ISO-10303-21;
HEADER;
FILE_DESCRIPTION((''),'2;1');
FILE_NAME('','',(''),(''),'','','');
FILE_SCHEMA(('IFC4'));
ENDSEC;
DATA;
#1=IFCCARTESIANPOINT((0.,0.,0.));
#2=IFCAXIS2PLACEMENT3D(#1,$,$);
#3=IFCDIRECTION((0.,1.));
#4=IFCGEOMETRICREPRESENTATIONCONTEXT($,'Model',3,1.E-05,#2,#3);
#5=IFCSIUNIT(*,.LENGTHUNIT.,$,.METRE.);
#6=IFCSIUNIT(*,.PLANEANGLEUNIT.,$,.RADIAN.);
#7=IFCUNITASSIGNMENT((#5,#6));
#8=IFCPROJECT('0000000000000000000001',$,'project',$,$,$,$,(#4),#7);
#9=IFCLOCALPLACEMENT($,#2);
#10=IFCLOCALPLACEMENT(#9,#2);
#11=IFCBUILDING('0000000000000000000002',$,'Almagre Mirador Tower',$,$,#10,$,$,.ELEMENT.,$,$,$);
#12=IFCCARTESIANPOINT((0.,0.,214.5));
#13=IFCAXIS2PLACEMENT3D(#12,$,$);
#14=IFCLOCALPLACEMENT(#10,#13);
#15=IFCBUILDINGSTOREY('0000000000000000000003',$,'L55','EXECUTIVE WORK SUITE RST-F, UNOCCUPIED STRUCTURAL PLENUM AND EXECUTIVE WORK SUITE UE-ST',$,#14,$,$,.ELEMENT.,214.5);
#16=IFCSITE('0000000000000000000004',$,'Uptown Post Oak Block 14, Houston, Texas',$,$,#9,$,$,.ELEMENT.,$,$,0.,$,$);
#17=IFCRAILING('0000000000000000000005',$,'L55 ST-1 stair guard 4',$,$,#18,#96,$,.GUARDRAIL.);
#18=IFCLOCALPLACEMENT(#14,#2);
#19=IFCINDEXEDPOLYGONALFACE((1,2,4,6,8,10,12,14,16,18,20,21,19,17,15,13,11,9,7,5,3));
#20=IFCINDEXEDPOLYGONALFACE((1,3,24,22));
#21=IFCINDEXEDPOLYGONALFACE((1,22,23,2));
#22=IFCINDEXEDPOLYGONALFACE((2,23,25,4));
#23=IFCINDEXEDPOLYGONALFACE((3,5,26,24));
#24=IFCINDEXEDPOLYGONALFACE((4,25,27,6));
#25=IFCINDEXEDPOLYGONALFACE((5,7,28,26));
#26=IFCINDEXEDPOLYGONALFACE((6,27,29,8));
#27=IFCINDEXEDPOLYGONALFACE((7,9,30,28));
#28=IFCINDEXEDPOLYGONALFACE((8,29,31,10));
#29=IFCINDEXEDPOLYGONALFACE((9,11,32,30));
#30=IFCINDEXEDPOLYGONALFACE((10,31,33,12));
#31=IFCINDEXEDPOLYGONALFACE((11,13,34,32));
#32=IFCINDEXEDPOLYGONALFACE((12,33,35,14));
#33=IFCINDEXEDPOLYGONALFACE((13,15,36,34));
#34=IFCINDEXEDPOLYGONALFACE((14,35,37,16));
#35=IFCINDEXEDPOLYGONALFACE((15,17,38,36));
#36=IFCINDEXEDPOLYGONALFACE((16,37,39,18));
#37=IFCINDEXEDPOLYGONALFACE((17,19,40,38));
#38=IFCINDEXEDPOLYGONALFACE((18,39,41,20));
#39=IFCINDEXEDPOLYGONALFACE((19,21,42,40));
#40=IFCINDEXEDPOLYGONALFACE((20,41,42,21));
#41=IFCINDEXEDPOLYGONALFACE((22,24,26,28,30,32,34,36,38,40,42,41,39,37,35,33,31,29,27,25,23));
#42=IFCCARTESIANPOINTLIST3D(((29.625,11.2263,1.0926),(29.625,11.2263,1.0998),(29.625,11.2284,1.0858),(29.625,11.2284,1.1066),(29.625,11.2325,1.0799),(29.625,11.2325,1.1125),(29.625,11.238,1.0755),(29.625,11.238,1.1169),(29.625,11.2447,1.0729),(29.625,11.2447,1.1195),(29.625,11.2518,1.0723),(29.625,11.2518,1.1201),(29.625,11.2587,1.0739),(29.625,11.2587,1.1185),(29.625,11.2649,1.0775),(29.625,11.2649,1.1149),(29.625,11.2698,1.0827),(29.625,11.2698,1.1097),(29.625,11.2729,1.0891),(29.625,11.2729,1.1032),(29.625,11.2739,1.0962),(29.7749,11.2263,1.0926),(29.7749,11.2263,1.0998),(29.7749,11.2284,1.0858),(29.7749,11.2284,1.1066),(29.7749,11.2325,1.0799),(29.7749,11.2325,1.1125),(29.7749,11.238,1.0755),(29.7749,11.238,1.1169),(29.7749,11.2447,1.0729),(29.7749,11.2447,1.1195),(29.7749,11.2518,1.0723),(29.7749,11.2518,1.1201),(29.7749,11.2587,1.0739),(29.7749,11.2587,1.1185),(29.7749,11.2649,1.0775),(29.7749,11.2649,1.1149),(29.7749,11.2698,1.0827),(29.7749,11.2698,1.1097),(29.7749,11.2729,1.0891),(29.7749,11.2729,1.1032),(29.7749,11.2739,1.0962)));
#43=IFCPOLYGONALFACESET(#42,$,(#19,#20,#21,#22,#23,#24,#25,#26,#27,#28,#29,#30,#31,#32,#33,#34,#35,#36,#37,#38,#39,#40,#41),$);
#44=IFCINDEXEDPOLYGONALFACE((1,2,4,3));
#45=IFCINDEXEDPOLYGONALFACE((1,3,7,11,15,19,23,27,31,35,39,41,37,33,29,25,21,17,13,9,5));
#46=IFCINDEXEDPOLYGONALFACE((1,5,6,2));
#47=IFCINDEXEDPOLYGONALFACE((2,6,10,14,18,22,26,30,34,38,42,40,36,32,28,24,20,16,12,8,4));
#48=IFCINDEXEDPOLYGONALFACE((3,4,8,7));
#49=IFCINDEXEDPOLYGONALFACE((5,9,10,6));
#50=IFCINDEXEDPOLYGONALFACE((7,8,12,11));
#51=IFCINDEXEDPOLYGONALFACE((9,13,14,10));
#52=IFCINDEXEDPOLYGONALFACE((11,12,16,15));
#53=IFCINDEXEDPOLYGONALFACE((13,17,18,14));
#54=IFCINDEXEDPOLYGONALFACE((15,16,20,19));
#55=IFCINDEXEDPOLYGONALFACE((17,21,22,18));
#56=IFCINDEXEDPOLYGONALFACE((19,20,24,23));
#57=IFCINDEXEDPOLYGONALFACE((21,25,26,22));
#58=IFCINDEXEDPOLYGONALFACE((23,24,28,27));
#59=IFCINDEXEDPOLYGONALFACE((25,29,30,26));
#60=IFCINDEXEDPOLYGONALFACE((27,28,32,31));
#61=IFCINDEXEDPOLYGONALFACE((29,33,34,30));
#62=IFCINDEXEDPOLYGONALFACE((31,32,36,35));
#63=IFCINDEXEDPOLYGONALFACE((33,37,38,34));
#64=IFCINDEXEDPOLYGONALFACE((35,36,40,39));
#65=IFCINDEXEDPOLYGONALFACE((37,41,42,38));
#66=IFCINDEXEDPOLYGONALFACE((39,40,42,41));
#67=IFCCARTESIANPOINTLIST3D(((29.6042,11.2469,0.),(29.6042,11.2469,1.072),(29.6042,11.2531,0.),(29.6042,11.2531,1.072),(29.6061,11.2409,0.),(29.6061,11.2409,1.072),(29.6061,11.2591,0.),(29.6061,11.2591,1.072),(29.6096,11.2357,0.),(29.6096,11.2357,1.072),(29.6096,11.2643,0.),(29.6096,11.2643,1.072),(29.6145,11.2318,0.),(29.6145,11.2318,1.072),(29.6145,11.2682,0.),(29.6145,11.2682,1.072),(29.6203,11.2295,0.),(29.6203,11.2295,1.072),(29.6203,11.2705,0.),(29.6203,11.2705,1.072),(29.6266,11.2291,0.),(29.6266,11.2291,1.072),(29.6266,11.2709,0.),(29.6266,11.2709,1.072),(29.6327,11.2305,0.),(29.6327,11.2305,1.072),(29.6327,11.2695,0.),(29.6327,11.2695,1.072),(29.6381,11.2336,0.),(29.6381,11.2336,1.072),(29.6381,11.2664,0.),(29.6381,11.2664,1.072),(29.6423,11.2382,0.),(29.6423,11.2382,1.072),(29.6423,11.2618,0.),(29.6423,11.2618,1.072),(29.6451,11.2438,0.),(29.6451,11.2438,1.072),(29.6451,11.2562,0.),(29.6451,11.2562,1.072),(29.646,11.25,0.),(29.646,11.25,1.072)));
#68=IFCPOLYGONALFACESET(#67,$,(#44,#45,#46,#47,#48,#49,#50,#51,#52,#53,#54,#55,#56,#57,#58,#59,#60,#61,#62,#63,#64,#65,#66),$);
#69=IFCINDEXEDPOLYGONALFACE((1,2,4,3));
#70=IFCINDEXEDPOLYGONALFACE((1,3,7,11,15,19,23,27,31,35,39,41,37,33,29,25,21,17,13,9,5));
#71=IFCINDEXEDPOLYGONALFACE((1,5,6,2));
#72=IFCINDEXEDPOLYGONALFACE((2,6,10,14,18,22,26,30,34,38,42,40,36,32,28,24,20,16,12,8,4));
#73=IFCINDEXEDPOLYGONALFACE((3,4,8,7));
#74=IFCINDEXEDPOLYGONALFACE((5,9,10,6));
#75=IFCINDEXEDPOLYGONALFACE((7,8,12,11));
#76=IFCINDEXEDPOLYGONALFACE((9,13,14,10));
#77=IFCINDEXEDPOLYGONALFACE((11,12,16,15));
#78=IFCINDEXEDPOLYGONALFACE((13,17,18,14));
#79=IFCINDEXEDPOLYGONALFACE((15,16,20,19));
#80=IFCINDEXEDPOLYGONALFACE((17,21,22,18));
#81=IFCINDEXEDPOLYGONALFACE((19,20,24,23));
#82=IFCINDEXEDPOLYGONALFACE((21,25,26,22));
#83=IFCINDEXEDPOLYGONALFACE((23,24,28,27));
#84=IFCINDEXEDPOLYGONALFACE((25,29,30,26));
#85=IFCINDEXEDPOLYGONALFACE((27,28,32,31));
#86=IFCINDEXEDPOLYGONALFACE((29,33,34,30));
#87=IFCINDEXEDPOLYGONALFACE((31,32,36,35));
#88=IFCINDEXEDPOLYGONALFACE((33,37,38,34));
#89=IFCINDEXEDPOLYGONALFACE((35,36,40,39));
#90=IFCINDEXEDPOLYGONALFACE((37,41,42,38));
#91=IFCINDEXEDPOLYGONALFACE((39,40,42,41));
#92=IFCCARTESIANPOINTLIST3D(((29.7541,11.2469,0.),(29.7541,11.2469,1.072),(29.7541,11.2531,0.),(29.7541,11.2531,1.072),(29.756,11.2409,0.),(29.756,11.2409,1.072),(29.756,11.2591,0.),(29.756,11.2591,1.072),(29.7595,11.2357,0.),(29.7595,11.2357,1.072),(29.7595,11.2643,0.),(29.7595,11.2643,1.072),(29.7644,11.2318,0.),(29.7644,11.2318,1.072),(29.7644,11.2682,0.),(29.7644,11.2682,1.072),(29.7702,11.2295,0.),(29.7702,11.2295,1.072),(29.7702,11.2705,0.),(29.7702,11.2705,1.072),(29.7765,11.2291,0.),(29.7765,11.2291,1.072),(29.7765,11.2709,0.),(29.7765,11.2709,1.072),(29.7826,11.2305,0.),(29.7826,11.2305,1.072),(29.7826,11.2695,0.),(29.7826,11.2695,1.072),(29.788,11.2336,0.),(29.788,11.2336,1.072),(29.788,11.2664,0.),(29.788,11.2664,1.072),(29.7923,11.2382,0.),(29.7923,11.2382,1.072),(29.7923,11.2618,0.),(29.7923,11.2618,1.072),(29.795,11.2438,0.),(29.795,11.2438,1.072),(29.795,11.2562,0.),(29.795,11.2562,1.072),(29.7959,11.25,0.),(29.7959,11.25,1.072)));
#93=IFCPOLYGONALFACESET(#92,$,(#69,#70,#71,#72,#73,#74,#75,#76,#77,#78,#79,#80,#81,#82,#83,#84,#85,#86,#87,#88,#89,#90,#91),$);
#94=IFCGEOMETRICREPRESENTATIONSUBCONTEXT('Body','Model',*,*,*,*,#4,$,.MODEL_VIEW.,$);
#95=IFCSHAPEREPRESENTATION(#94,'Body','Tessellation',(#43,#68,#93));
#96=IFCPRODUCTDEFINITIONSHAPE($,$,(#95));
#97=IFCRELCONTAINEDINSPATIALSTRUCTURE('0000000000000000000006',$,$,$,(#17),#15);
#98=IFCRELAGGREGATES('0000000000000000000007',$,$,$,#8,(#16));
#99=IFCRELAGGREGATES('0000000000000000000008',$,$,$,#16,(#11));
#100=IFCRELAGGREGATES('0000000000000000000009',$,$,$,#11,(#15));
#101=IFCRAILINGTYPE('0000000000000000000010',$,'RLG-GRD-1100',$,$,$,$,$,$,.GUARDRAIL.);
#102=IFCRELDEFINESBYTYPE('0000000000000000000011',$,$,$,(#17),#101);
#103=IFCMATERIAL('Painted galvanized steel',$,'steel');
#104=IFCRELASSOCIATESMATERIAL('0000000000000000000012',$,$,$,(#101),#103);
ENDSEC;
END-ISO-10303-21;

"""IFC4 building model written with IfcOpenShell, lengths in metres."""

from ifc_helpers import new_model, si_unit, direction, frame, origin, origin_2d, place, context, subcontext, project, spatial, circle, extrude, material, type_object, element, save


model = new_model("IFC4")

# Units and contexts
model_context = context("Model", 3, precision=1e-05, world=origin(), true_north=direction((0.0, 1.0)))
body_context = subcontext(model_context, "Body", "Model", "MODEL_VIEW")
ifc_project = project(units=[si_unit("LENGTHUNIT", "METRE"), si_unit("PLANEANGLEUNIT", "RADIAN")], contexts=[model_context])

# Site, building, storey
site_placement = place(None, origin())
site = spatial("IfcSite", under=ifc_project, at=site_placement, Name="Uptown Post Oak Block 14, Houston, Texas", CompositionType="ELEMENT", RefElevation=0.0)
building_placement = place(site_placement, origin())
building = spatial("IfcBuilding", under=site, at=building_placement, Name="Almagre Mirador Tower", CompositionType="ELEMENT")
storey_placement = place(building_placement, frame((0.0, 0.0, 214.5)))
storey = spatial("IfcBuildingStorey", under=building, at=storey_placement, Name="L55", Description="EXECUTIVE WORK SUITE RST-F, UNOCCUPIED STRUCTURAL PLENUM AND EXECUTIVE WORK SUITE UE-ST", CompositionType="ELEMENT", Elevation=214.5)

# Railing
ifc_material_1 = material(Name="Painted galvanized steel", Category="steel")
railing_type_1 = type_object("IfcRailingType", Name="RLG-GRD-1100", PredefinedType="GUARDRAIL", material=ifc_material_1)
railing_1_placement = place(storey_placement, frame((29.625, 11.25, 0.0)))
element("IfcRailing", 1, at=railing_1_placement, inside=storey, type_object=railing_type_1, Name="L55 ST-1 stair guard 4", PredefinedType="GUARDRAIL", context=body_context, shape_type="SweptSolid", body=[
    extrude(circle(Radius=0.0239, at=origin_2d()), frame((0.0, 0.0, 1.0962), z_axis=(1.0, 0.0, 0.0), x_axis=(0.0, 1.0, 0.0)), (0.0, 0.0, 1.0), 0.1499),
    extrude(circle(Radius=0.021, at=origin_2d()), origin(), (0.0, 0.0, 1.0), 1.072),
    extrude(circle(Radius=0.021, at=origin_2d()), frame((0.1499, 0.0, 0.0)), (0.0, 0.0, 1.0), 1.072),
])

save(model, "model.ifc")
